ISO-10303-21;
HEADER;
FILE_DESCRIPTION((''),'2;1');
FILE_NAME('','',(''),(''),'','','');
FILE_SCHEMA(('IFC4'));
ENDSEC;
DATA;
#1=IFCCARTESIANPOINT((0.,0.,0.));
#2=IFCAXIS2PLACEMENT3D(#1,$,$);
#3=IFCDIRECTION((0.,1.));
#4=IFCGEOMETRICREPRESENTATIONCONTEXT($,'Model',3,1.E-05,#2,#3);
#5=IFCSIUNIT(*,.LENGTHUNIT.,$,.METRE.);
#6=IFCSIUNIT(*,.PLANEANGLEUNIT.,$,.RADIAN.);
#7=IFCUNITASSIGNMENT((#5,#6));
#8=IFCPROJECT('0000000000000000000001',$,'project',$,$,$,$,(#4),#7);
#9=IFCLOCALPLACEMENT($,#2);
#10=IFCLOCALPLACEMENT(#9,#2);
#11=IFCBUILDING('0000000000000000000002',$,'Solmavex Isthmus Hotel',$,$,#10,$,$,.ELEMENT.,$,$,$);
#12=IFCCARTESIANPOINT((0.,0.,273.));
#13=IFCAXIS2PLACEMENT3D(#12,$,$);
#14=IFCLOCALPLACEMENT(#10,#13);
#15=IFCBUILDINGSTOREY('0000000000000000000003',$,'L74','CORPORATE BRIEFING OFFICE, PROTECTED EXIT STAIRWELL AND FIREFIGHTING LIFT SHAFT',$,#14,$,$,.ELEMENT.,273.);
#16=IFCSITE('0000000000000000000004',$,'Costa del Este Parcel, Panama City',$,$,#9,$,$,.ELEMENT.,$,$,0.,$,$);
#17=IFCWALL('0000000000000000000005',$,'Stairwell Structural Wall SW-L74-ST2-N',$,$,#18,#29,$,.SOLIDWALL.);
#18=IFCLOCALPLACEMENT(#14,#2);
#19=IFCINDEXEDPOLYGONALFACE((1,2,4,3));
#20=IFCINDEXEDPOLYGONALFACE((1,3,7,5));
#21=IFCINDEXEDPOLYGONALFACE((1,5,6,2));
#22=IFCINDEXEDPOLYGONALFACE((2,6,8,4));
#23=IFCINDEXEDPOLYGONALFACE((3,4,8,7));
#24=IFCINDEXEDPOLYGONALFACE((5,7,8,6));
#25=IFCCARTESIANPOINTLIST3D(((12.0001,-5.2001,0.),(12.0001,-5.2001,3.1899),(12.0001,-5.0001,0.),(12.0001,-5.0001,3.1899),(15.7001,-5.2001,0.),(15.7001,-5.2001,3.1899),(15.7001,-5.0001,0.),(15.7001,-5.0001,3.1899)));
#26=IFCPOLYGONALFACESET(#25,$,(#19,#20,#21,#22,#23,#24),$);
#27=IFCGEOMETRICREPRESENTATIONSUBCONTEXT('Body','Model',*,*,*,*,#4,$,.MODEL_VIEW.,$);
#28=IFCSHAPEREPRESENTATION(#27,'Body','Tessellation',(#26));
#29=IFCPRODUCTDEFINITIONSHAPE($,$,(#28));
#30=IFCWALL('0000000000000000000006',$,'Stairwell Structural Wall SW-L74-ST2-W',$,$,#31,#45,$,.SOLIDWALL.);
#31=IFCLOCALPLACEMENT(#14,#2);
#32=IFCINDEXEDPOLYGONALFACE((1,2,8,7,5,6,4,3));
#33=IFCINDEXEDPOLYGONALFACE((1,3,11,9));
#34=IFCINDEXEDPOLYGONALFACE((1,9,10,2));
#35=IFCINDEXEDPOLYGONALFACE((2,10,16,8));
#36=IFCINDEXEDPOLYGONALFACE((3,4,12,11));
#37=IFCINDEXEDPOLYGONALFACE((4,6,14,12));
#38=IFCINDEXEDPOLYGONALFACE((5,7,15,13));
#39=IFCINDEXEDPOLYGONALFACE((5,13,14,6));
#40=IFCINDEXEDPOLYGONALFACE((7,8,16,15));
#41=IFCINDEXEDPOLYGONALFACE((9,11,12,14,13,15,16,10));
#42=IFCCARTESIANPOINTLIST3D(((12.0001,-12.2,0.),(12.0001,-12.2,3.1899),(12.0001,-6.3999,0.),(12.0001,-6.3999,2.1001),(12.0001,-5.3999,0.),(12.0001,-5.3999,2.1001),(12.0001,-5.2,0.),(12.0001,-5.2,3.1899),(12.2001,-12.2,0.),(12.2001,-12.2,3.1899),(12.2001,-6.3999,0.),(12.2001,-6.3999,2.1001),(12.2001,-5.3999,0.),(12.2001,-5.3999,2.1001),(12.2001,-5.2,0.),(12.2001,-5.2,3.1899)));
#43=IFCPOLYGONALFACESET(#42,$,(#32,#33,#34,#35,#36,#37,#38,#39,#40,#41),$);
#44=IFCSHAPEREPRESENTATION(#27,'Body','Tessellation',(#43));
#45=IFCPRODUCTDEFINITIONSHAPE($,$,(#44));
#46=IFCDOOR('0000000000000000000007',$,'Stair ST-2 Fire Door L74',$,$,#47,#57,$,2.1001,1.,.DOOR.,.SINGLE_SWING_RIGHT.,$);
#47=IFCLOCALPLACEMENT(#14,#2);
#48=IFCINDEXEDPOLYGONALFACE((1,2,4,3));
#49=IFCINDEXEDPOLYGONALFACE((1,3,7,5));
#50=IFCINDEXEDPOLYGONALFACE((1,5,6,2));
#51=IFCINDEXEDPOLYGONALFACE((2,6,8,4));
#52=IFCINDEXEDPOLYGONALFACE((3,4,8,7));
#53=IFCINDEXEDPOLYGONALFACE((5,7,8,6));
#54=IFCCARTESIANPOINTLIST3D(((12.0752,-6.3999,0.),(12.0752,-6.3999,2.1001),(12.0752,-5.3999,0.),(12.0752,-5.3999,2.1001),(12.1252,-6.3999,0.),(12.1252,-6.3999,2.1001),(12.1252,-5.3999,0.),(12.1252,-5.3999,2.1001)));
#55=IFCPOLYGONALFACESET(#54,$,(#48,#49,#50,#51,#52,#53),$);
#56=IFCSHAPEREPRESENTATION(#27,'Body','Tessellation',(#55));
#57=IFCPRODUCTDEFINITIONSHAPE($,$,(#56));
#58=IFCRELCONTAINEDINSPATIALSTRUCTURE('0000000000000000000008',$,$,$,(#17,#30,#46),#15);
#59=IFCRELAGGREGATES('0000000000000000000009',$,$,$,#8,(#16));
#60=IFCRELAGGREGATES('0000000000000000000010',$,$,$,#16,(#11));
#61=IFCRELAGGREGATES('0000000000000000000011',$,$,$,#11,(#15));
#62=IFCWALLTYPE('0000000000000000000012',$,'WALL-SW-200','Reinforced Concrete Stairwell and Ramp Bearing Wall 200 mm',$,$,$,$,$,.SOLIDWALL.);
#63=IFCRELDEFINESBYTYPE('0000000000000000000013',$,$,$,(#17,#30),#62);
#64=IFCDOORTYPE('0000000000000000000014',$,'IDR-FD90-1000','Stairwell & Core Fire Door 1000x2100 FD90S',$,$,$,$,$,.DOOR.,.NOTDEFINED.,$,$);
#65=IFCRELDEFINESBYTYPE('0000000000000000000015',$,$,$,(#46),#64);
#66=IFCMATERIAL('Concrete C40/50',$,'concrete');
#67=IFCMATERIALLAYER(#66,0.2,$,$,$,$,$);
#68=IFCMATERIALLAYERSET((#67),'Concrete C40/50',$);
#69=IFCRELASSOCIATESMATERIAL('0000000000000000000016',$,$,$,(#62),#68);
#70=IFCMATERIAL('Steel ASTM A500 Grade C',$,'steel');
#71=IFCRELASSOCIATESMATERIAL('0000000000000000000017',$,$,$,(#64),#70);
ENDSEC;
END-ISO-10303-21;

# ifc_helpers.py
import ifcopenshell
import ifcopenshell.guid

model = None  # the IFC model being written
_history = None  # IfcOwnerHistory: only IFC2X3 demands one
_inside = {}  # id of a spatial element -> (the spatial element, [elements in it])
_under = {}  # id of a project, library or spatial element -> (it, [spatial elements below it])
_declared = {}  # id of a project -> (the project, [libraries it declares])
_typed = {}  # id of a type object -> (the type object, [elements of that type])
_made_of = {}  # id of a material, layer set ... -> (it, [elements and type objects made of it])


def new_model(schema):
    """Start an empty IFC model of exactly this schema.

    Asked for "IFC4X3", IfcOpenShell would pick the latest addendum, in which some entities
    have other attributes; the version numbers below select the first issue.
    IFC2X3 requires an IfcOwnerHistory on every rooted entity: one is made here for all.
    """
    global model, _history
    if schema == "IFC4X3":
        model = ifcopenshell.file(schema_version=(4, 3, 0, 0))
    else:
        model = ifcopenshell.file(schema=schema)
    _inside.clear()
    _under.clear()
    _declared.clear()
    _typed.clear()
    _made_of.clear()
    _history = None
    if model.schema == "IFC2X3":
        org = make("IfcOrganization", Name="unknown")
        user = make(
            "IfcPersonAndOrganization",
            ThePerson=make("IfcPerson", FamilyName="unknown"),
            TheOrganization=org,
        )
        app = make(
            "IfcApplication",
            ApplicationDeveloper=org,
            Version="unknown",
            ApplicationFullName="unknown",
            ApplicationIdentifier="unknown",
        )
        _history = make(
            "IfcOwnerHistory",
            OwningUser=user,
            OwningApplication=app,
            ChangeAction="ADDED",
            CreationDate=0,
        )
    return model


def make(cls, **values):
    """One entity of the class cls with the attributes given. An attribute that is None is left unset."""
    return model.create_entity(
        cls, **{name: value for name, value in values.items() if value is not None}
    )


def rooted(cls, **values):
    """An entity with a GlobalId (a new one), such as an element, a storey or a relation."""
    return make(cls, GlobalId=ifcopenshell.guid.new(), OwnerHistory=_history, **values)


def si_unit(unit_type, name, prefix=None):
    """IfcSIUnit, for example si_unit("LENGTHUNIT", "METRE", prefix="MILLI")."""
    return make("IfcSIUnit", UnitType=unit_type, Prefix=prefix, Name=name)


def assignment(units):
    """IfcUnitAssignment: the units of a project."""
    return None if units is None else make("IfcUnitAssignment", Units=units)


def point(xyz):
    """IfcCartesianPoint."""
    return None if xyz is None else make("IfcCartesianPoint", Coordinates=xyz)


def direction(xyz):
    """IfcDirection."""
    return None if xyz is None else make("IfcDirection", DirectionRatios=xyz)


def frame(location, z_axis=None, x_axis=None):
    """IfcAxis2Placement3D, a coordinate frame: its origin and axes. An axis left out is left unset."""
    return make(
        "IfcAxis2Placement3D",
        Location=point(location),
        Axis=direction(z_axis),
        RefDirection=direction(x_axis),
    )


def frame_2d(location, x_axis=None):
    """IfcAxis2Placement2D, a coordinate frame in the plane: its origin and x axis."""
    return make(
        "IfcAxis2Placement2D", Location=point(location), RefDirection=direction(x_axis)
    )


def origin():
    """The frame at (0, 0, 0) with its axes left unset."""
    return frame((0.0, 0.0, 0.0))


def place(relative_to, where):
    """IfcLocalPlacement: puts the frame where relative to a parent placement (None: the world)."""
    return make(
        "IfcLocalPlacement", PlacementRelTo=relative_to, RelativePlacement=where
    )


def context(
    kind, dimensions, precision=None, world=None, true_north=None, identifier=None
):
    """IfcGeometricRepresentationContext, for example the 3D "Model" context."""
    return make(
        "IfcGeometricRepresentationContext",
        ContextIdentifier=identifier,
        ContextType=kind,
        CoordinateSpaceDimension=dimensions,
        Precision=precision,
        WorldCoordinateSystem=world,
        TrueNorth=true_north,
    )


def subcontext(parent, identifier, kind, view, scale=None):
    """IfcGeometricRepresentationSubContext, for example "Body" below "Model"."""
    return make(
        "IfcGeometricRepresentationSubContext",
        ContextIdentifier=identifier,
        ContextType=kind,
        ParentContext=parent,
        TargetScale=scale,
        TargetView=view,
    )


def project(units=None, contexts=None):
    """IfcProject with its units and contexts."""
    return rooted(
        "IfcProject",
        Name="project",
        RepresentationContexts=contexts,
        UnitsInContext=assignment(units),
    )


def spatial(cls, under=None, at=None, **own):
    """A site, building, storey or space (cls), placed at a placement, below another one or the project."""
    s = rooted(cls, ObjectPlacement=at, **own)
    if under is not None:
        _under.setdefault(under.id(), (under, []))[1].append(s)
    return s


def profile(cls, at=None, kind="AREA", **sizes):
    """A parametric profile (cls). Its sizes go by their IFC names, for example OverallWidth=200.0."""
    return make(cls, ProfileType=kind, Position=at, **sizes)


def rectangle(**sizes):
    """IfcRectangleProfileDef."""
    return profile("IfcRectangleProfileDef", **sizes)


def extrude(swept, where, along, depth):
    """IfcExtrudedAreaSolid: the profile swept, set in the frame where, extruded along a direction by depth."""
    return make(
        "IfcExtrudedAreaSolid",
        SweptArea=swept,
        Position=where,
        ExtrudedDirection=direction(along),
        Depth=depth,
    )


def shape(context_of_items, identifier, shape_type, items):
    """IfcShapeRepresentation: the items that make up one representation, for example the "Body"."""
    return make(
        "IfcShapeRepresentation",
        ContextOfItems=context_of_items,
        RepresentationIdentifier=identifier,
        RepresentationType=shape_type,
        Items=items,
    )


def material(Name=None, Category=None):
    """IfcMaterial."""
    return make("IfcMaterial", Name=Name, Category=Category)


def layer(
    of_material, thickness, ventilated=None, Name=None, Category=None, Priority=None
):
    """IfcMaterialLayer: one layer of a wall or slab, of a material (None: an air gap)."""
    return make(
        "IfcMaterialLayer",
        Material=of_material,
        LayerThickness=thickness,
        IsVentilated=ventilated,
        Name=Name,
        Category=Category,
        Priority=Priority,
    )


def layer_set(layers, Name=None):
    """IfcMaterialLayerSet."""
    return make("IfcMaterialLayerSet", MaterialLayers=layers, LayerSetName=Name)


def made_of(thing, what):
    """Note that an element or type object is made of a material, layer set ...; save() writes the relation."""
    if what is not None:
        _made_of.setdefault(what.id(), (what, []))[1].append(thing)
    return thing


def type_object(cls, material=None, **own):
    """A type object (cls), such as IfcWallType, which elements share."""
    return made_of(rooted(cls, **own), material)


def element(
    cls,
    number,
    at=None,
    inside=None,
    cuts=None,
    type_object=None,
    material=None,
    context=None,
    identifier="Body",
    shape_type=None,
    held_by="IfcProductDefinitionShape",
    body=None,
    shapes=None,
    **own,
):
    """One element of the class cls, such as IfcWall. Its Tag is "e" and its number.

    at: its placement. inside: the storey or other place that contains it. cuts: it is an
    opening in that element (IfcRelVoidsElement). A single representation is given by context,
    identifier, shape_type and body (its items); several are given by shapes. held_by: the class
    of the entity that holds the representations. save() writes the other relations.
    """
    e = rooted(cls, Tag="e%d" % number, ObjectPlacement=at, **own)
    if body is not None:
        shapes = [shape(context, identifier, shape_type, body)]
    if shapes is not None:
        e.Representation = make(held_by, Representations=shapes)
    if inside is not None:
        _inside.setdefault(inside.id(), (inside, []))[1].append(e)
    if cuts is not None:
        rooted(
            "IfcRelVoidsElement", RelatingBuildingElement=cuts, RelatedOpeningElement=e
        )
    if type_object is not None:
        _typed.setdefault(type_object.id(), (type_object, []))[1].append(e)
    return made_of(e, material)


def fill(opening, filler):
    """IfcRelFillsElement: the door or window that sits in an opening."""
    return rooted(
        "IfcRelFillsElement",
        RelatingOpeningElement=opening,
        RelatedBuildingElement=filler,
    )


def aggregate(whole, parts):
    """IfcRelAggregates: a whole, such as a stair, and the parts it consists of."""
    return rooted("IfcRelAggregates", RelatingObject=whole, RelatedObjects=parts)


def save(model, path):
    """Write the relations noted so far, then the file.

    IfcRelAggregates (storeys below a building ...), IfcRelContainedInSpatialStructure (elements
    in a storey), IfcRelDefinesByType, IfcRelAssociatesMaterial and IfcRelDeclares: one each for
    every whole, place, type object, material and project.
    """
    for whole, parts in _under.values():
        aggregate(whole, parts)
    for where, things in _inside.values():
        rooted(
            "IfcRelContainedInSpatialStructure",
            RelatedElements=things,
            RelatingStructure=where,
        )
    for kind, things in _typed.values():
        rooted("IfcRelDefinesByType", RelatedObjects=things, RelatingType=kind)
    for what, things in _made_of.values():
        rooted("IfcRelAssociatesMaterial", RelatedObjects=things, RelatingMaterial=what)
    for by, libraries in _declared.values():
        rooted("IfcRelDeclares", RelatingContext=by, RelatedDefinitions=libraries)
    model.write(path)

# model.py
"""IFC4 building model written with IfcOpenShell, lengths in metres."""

from ifc_helpers import new_model, si_unit, direction, frame, frame_2d, origin, place, context, subcontext, project, spatial, rectangle, extrude, material, layer, layer_set, type_object, element, fill, save


model = new_model("IFC4")

# Units and contexts
model_context = context("Model", 3, precision=1e-05, world=origin(), true_north=direction((0.0, 1.0)))
body_context = subcontext(model_context, "Body", "Model", "MODEL_VIEW")
ifc_project = project(units=[si_unit("LENGTHUNIT", "METRE"), si_unit("PLANEANGLEUNIT", "RADIAN")], contexts=[model_context])

# Site, building, storey
site_placement = place(None, origin())
site = spatial("IfcSite", under=ifc_project, at=site_placement, Name="Costa del Este Parcel, Panama City", CompositionType="ELEMENT", RefElevation=0.0)
building_placement = place(site_placement, origin())
building = spatial("IfcBuilding", under=site, at=building_placement, Name="Solmavex Isthmus Hotel", CompositionType="ELEMENT")
storey_placement = place(building_placement, frame((0.0, 0.0, 273.0)))
storey = spatial("IfcBuildingStorey", under=building, at=storey_placement, Name="L74", Description="CORPORATE BRIEFING OFFICE, PROTECTED EXIT STAIRWELL AND FIREFIGHTING LIFT SHAFT", CompositionType="ELEMENT", Elevation=273.0)

# Shared definitions
ifc_material_1 = material(Name="Concrete C40/50", Category="concrete")

# Wall
ifc_layer_1 = layer(ifc_material_1, 0.2)
ifc_layer_set_1 = layer_set([ifc_layer_1], Name="Concrete C40/50")
wall_type_1 = type_object("IfcWallType", Name="WALL-SW-200", Description="Reinforced Concrete Stairwell and Ramp Bearing Wall 200 mm", PredefinedType="SOLIDWALL", material=ifc_layer_set_1)
for number, where, z_axis, x_axis, name in (
    (1, (12.0, -5.1001, 0.0), (0.0, 0.0, 1.0), (1.0, 0.0, 0.0), "Stairwell Structural Wall SW-L74-ST2-N"),
):
    element("IfcWall", number, at=place(storey_placement, frame(where, z_axis=z_axis, x_axis=x_axis)), inside=storey, type_object=wall_type_1, Name=name, PredefinedType="SOLIDWALL", context=body_context, shape_type="SweptSolid", body=[
        extrude(rectangle(XDim=3.7, YDim=0.2, at=frame_2d((1.8501, 0.0))), origin(), (0.0, 0.0, 1.0), 3.1899),
    ])

# Wall, opening, door
wall_1_placement = place(storey_placement, frame((12.1001, -12.2, 0.0), z_axis=(0.0, 0.0, 1.0), x_axis=(0.0, 1.0, 0.0)))
wall_1 = element("IfcWall", 2, at=wall_1_placement, inside=storey, type_object=wall_type_1, Name="Stairwell Structural Wall SW-L74-ST2-W", PredefinedType="SOLIDWALL", context=body_context, shape_type="SweptSolid", body=[
    extrude(rectangle(XDim=7.0, YDim=0.2, at=frame_2d((3.5, 0.0))), origin(), (0.0, 0.0, 1.0), 3.1899),
])
opening_1_placement = place(wall_1_placement, frame((5.8, 0.0, 0.0)))
opening_1 = element("IfcOpeningElement", 3, at=opening_1_placement, cuts=wall_1, PredefinedType="OPENING", context=body_context, shape_type="SweptSolid", body=[
    extrude(rectangle(XDim=1.0, YDim=2.1001, at=frame_2d((0.5, 1.05))), frame((0.0, 0.1099, 0.0), z_axis=(0.0, -1.0, 0.0), x_axis=(1.0, 0.0, 0.0)), (0.0, 0.0, 1.0), 0.22),
])
ifc_material_2 = material(Name="Steel ASTM A500 Grade C", Category="steel")
door_type_1 = type_object("IfcDoorType", Name="IDR-FD90-1000", Description="Stairwell & Core Fire Door 1000x2100 FD90S", OperationType="NOTDEFINED", PredefinedType="DOOR", material=ifc_material_2)
door_1_placement = place(opening_1_placement, origin())
door_1 = element("IfcDoor", 4, at=door_1_placement, inside=storey, type_object=door_type_1, Name="Stair ST-2 Fire Door L74", OperationType="SINGLE_SWING_RIGHT", OverallHeight=2.1001, OverallWidth=1.0, PredefinedType="DOOR", context=body_context, shape_type="SweptSolid", body=[
    extrude(rectangle(XDim=1.0, YDim=2.1001, at=frame_2d((0.5, 1.05))), frame((0.0, 0.0249, 0.0), z_axis=(0.0, -1.0, 0.0), x_axis=(1.0, 0.0, 0.0)), (0.0, 0.0, 1.0), 0.05),
])
fill(opening_1, door_1)

save(model, "model.ifc")
